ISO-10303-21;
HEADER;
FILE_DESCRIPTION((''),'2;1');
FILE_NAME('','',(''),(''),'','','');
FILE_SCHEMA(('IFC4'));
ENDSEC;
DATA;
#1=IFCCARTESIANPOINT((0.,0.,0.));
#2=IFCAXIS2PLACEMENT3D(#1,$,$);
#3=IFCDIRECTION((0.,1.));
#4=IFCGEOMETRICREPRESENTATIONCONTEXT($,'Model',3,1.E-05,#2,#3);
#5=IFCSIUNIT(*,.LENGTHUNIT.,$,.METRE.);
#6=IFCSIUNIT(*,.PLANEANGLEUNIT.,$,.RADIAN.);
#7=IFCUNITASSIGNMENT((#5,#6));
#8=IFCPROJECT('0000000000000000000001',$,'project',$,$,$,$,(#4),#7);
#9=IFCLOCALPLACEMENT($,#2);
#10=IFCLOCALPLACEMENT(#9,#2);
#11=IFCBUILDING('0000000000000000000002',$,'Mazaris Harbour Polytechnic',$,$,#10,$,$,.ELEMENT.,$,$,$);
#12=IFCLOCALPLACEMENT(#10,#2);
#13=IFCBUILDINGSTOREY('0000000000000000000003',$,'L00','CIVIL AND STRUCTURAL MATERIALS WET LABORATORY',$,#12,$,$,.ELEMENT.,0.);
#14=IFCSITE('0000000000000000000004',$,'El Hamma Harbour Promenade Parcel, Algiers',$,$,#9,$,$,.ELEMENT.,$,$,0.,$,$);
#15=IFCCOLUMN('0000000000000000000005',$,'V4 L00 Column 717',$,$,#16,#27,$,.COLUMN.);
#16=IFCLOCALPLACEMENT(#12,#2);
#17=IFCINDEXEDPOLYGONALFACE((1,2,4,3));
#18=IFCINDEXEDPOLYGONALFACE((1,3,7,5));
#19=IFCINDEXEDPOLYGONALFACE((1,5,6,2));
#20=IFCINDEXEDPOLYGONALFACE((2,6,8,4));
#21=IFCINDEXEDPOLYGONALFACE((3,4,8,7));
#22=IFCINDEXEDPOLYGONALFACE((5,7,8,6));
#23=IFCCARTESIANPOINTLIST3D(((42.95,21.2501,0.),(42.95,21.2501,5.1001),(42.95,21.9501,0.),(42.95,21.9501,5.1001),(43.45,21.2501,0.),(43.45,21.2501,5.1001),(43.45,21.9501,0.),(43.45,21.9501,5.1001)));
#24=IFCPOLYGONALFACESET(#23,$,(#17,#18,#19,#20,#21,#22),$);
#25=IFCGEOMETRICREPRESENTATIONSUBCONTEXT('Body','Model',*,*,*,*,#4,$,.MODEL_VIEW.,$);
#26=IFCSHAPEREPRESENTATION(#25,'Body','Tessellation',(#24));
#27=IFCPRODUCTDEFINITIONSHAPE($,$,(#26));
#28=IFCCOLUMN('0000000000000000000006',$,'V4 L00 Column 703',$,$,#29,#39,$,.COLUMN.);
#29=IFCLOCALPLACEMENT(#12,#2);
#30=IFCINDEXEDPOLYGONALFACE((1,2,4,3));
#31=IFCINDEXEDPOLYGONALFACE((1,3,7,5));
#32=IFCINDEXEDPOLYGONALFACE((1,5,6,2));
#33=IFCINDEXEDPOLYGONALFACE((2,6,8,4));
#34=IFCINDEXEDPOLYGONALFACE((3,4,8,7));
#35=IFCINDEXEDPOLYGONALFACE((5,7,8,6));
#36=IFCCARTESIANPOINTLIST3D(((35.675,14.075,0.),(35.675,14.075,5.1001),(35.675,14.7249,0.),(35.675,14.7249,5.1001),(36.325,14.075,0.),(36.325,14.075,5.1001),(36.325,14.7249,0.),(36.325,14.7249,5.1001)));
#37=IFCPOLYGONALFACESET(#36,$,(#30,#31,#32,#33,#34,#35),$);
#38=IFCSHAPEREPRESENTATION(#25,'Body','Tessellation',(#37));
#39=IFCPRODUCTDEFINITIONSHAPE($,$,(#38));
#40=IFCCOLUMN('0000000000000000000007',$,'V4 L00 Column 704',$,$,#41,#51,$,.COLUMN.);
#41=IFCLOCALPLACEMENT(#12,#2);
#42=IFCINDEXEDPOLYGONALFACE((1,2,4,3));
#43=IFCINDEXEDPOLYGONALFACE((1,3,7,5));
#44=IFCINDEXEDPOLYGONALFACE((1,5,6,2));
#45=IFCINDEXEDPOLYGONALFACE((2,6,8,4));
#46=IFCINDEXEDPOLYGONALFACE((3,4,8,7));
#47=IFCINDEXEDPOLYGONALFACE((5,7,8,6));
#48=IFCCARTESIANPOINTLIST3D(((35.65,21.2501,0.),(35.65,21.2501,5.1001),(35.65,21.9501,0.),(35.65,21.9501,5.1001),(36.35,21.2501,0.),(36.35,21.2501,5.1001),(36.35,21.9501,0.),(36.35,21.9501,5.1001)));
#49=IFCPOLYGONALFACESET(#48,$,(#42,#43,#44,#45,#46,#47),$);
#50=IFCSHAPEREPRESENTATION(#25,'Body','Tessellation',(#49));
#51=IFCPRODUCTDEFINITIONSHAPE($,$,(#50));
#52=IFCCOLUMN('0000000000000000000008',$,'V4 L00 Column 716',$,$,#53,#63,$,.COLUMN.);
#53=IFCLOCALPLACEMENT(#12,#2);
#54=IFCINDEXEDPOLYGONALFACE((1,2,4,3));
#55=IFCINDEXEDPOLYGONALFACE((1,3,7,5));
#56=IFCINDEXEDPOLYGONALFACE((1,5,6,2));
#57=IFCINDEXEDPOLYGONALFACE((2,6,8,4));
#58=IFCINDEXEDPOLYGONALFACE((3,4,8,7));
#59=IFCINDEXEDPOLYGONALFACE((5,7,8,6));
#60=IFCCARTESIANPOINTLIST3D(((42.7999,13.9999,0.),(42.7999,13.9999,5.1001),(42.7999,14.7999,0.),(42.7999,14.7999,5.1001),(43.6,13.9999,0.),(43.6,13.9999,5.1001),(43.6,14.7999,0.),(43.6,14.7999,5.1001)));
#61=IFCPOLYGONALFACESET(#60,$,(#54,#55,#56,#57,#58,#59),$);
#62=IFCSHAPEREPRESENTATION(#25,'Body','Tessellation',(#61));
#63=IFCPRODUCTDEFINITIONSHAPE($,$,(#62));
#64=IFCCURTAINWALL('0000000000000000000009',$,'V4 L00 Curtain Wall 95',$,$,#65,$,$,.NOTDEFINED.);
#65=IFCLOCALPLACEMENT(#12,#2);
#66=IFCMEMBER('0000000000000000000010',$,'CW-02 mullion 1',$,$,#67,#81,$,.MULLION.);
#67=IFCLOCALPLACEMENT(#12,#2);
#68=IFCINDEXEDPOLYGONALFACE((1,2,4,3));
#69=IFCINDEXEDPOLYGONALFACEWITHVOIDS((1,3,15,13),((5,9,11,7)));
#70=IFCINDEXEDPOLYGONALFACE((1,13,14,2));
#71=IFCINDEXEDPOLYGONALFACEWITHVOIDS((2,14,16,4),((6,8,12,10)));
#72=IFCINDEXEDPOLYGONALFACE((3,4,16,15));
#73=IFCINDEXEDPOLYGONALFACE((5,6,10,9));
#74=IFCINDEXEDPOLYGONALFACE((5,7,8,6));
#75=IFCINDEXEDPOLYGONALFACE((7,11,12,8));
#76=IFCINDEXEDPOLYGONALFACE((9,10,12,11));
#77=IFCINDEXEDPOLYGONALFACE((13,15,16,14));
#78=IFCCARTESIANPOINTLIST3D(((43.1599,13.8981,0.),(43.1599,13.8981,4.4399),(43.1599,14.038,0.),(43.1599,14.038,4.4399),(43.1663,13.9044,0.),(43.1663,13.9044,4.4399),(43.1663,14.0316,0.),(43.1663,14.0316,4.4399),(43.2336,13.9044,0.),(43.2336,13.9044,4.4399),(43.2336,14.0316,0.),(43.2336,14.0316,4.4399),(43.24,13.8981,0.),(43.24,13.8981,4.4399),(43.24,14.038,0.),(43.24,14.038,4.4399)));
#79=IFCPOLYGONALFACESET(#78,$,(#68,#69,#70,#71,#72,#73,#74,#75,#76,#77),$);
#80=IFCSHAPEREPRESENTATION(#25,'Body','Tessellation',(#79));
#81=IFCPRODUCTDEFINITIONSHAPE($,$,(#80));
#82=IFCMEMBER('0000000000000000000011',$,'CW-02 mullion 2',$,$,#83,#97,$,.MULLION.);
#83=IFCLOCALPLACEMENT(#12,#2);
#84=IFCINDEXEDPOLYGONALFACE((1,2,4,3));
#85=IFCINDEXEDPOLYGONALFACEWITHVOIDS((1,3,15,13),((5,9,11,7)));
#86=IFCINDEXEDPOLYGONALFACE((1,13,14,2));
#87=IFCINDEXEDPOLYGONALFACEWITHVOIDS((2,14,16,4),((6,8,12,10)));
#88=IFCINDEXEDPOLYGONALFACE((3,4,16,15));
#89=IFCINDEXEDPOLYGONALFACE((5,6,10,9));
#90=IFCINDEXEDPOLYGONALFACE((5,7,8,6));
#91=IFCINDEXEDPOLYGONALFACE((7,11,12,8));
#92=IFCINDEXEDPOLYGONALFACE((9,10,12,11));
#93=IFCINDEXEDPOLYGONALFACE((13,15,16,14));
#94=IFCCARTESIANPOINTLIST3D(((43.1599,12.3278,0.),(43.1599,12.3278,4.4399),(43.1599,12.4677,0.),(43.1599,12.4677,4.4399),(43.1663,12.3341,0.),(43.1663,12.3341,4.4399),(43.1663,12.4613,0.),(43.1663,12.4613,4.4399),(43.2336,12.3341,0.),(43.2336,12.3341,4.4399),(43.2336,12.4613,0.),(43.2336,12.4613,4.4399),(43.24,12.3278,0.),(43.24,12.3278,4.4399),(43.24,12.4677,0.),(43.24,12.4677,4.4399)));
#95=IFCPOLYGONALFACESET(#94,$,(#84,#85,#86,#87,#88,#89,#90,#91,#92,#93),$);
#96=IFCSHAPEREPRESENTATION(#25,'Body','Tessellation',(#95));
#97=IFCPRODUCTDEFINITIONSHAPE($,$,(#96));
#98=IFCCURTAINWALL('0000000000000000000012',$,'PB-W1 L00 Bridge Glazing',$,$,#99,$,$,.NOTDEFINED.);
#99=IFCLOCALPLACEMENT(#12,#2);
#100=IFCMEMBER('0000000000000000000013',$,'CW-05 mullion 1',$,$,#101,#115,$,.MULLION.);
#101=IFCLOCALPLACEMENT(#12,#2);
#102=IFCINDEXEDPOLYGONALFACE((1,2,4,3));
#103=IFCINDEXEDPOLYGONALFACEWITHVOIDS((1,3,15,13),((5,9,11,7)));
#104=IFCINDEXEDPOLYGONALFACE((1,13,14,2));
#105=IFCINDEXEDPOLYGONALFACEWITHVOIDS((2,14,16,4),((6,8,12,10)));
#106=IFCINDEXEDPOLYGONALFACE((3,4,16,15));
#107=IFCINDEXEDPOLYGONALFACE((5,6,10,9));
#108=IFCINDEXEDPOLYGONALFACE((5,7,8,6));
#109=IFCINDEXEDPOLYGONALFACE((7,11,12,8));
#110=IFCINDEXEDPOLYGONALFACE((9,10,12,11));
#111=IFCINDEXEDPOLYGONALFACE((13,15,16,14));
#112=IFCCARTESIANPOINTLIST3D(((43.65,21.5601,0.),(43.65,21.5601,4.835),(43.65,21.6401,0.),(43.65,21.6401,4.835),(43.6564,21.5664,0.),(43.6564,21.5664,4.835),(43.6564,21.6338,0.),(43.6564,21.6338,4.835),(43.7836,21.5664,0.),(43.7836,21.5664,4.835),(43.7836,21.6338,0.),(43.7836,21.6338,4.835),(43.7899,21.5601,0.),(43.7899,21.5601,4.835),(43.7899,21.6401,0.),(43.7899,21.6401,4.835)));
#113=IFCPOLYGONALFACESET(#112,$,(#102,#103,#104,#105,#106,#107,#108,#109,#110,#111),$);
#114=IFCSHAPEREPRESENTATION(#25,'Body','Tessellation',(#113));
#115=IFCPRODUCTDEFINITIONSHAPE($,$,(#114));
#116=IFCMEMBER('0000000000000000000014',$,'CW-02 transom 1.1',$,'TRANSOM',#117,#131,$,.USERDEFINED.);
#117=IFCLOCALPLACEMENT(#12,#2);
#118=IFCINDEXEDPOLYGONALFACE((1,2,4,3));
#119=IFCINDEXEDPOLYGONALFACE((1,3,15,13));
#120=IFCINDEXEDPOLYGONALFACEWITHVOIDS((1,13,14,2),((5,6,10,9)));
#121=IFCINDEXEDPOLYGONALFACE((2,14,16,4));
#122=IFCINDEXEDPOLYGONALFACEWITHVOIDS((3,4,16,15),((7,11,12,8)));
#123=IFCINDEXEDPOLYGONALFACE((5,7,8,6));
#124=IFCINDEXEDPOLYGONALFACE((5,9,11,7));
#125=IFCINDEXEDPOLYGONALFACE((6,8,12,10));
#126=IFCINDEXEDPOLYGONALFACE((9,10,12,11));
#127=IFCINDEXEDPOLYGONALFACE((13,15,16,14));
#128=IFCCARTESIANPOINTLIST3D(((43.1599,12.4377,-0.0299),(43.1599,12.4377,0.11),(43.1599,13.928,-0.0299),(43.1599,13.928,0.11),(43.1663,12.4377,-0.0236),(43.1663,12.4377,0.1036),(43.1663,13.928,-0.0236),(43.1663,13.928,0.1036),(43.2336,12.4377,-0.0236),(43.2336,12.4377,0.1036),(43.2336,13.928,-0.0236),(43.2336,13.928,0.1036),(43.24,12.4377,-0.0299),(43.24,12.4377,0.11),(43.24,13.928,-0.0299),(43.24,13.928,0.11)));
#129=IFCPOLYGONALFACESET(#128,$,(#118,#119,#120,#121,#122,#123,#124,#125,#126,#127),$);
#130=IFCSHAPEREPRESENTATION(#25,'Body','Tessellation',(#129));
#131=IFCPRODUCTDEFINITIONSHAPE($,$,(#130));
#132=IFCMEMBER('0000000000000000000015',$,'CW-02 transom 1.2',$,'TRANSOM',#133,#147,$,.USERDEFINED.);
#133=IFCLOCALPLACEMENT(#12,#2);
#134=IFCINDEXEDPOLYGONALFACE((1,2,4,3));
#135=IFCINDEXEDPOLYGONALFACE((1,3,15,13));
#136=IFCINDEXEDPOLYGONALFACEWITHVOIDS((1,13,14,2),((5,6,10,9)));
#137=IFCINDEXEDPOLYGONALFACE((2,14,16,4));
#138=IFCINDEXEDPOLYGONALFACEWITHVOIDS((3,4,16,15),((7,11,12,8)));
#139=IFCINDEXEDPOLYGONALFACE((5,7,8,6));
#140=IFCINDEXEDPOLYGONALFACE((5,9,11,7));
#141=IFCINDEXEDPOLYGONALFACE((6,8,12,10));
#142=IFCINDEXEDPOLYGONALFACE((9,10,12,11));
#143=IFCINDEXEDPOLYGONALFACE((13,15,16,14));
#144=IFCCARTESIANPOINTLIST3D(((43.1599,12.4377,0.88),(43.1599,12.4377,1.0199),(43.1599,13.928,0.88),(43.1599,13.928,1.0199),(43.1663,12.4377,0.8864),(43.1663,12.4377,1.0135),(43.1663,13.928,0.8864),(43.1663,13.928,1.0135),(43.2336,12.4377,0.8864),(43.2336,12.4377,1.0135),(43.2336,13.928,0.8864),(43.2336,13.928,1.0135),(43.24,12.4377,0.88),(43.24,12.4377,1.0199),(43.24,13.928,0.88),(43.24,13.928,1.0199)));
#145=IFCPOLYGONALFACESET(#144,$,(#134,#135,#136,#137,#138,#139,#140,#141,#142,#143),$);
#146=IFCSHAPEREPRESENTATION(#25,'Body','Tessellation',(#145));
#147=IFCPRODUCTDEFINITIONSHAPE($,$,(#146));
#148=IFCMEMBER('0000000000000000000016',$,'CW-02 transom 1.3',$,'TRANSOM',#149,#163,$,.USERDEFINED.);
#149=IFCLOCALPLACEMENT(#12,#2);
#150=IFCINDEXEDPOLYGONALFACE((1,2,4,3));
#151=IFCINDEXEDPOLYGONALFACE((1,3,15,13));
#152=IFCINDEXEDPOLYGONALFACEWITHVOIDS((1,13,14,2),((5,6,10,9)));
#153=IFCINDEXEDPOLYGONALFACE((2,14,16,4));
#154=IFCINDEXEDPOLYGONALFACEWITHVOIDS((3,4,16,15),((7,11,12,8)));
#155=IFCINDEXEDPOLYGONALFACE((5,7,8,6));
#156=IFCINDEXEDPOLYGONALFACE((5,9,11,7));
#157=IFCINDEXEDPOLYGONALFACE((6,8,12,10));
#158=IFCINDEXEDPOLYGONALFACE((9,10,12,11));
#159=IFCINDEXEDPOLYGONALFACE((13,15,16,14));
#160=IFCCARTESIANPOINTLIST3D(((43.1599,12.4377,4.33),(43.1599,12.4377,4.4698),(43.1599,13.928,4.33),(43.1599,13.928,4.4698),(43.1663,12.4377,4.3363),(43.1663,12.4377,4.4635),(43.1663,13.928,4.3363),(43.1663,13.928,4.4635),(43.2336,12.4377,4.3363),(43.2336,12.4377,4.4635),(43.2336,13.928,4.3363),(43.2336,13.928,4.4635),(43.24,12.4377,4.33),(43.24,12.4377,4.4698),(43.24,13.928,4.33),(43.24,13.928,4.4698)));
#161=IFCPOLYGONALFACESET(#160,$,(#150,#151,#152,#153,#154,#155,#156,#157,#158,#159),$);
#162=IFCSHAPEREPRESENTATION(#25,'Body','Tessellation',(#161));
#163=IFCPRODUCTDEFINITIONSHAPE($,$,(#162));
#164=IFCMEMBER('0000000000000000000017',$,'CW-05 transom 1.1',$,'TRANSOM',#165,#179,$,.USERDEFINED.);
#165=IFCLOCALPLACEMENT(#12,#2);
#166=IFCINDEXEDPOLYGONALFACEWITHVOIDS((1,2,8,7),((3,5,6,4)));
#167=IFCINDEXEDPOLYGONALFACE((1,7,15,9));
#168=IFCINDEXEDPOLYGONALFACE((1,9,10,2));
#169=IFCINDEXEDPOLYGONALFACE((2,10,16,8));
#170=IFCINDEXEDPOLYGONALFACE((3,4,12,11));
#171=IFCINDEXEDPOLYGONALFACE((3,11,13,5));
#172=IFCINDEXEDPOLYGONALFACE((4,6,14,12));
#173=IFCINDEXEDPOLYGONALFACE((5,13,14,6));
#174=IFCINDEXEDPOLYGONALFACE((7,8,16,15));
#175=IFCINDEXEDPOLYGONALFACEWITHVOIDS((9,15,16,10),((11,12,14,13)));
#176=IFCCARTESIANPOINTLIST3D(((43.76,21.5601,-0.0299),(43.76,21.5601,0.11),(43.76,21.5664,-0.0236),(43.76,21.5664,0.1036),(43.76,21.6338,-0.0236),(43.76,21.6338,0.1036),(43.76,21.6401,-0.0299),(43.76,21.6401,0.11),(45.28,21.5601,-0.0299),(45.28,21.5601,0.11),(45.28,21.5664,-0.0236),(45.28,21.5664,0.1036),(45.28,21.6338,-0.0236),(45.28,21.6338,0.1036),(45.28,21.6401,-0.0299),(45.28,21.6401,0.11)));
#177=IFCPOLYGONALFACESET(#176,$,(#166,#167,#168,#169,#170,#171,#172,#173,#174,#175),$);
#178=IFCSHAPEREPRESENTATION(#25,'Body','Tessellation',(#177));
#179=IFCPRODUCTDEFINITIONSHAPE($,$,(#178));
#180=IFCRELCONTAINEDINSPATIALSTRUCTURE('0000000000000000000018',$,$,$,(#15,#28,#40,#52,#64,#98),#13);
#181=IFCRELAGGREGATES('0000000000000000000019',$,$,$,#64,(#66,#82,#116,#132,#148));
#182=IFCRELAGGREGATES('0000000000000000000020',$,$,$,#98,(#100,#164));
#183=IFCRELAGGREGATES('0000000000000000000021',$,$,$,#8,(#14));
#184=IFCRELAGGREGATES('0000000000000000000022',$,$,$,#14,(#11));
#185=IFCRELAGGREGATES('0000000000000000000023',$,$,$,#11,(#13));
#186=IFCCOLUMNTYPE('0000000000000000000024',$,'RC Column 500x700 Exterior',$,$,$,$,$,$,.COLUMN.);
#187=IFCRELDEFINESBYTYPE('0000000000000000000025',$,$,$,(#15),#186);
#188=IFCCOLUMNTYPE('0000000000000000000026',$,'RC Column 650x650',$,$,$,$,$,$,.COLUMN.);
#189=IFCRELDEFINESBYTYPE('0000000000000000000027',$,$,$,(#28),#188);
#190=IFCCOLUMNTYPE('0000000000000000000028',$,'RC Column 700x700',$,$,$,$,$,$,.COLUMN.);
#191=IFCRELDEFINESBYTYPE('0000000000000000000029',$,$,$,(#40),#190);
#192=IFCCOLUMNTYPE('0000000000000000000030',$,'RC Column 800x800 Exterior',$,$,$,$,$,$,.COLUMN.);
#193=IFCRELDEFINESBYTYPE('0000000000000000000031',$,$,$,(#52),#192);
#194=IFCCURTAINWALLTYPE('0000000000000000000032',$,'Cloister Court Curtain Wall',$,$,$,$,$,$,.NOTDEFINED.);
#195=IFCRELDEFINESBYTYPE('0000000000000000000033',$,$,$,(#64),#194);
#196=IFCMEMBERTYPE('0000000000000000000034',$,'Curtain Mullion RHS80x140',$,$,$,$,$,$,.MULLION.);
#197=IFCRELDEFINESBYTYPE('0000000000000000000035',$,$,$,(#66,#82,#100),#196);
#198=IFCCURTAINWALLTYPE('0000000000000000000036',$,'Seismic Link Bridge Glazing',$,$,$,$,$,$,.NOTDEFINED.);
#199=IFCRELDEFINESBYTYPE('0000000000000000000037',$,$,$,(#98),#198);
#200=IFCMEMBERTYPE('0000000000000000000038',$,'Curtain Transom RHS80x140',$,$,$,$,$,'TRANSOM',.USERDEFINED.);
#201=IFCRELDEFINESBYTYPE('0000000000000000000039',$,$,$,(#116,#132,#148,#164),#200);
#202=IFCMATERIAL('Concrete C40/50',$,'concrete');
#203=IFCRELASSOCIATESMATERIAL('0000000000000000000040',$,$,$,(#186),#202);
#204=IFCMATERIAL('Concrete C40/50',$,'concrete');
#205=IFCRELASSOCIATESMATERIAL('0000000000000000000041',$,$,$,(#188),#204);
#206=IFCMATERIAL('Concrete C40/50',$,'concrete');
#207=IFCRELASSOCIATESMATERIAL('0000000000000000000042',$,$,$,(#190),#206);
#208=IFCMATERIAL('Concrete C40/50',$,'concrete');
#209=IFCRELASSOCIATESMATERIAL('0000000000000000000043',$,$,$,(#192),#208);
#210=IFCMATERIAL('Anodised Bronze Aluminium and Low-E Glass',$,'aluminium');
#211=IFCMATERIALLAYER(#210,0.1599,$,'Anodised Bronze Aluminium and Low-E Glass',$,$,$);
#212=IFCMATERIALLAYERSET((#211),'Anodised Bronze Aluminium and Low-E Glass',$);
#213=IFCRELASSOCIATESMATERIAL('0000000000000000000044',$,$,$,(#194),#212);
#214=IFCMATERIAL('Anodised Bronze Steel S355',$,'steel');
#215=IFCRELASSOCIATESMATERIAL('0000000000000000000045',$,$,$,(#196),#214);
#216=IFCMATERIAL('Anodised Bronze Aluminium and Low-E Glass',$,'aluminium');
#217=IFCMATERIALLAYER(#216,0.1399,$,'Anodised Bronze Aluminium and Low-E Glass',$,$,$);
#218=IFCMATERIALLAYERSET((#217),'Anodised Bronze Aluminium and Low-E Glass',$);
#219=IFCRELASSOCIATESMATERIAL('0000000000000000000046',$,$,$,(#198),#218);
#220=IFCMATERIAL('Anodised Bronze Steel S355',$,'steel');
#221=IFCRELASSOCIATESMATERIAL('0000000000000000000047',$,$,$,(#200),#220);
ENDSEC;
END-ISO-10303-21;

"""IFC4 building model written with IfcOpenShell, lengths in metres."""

from ifc_helpers import new_model, si_unit, direction, frame, origin, origin_2d, place, context, subcontext, project, spatial, rectangle, hollow_rectangle, extrude, material, layer, layer_set, material_profile, profile_set, type_object, element, aggregate, save


model = new_model("IFC4")

# Units and contexts
model_context = context("Model", 3, precision=1e-05, world=origin(), true_north=direction((0.0, 1.0)))
body_context = subcontext(model_context, "Body", "Model", "MODEL_VIEW")
ifc_project = project(units=[si_unit("LENGTHUNIT", "METRE"), si_unit("PLANEANGLEUNIT", "RADIAN")], contexts=[model_context])

# Site, building, storey
site_placement = place(None, origin())
site = spatial("IfcSite", under=ifc_project, at=site_placement, Name="El Hamma Harbour Promenade Parcel, Algiers", CompositionType="ELEMENT", RefElevation=0.0)
building_placement = place(site_placement, origin())
building = spatial("IfcBuilding", under=site, at=building_placement, Name="Mazaris Harbour Polytechnic", CompositionType="ELEMENT")
storey_placement = place(building_placement, origin())
storey = spatial("IfcBuildingStorey", under=building, at=storey_placement, Name="L00", Description="CIVIL AND STRUCTURAL MATERIALS WET LABORATORY", CompositionType="ELEMENT", Elevation=0.0)

# Columns
ifc_material_1 = material(Name="Concrete C40/50", Category="concrete")
ifc_material_profile_1 = material_profile(ifc_material_1, rectangle(XDim=0.5, YDim=0.7, at=origin_2d()), Name="RECT500x700")
ifc_profile_set_1 = profile_set([ifc_material_profile_1], Name="Concrete C40/50")
column_type_1 = type_object("IfcColumnType", Name="RC Column 500x700 Exterior", PredefinedType="COLUMN", material=ifc_profile_set_1)
column_1_placement = place(storey_placement, frame((43.2, 21.6001, 0.0), z_axis=(0.0, 0.0, 1.0), x_axis=(1.0, 0.0, 0.0)))
element("IfcColumn", 1, at=column_1_placement, inside=storey, type_object=column_type_1, Name="V4 L00 Column 717", PredefinedType="COLUMN", context=body_context, shape_type="SweptSolid", body=[
    extrude(rectangle(XDim=0.5, YDim=0.7, at=origin_2d()), origin(), (0.0, 0.0, 1.0), 5.1001),
])
ifc_material_2 = material(Name="Concrete C40/50", Category="concrete")
ifc_material_profile_2 = material_profile(ifc_material_2, rectangle(XDim=0.6499, YDim=0.6499, at=origin_2d()), Name="RECT650x650")
ifc_profile_set_2 = profile_set([ifc_material_profile_2], Name="Concrete C40/50")
column_type_2 = type_object("IfcColumnType", Name="RC Column 650x650", PredefinedType="COLUMN", material=ifc_profile_set_2)
column_2_placement = place(storey_placement, frame((36.0, 14.3999, 0.0), z_axis=(0.0, 0.0, 1.0), x_axis=(1.0, 0.0, 0.0)))
element("IfcColumn", 2, at=column_2_placement, inside=storey, type_object=column_type_2, Name="V4 L00 Column 703", PredefinedType="COLUMN", context=body_context, shape_type="SweptSolid", body=[
    extrude(rectangle(XDim=0.6499, YDim=0.6499, at=origin_2d()), origin(), (0.0, 0.0, 1.0), 5.1001),
])
ifc_material_3 = material(Name="Concrete C40/50", Category="concrete")
ifc_material_profile_3 = material_profile(ifc_material_3, rectangle(XDim=0.7, YDim=0.7, at=origin_2d()), Name="RECT700x700")
ifc_profile_set_3 = profile_set([ifc_material_profile_3], Name="Concrete C40/50")
column_type_3 = type_object("IfcColumnType", Name="RC Column 700x700", PredefinedType="COLUMN", material=ifc_profile_set_3)
column_3_placement = place(storey_placement, frame((36.0, 21.6001, 0.0), z_axis=(0.0, 0.0, 1.0), x_axis=(1.0, 0.0, 0.0)))
element("IfcColumn", 3, at=column_3_placement, inside=storey, type_object=column_type_3, Name="V4 L00 Column 704", PredefinedType="COLUMN", context=body_context, shape_type="SweptSolid", body=[
    extrude(rectangle(XDim=0.7, YDim=0.7, at=origin_2d()), origin(), (0.0, 0.0, 1.0), 5.1001),
])
ifc_material_4 = material(Name="Concrete C40/50", Category="concrete")
ifc_material_profile_4 = material_profile(ifc_material_4, rectangle(XDim=0.8, YDim=0.8, at=origin_2d()), Name="RECT800x800")
ifc_profile_set_4 = profile_set([ifc_material_profile_4], Name="Concrete C40/50")
column_type_4 = type_object("IfcColumnType", Name="RC Column 800x800 Exterior", PredefinedType="COLUMN", material=ifc_profile_set_4)
column_4_placement = place(storey_placement, frame((43.2, 14.3999, 0.0), z_axis=(0.0, 0.0, 1.0), x_axis=(1.0, 0.0, 0.0)))
element("IfcColumn", 4, at=column_4_placement, inside=storey, type_object=column_type_4, Name="V4 L00 Column 716", PredefinedType="COLUMN", context=body_context, shape_type="SweptSolid", body=[
    extrude(rectangle(XDim=0.8, YDim=0.8, at=origin_2d()), origin(), (0.0, 0.0, 1.0), 5.1001),
])

# Curtain wall, members
ifc_material_5 = material(Name="Anodised Bronze Aluminium and Low-E Glass", Category="aluminium")
ifc_layer_1 = layer(ifc_material_5, 0.1599, Name="Anodised Bronze Aluminium and Low-E Glass")
ifc_layer_set_1 = layer_set([ifc_layer_1], Name="Anodised Bronze Aluminium and Low-E Glass")
curtain_wall_type_1 = type_object("IfcCurtainWallType", Name="Cloister Court Curtain Wall", PredefinedType="NOTDEFINED", material=ifc_layer_set_1)
curtain_wall_1_placement = place(storey_placement, origin())
curtain_wall_1 = element("IfcCurtainWall", 5, at=curtain_wall_1_placement, inside=storey, type_object=curtain_wall_type_1, Name="V4 L00 Curtain Wall 95", PredefinedType="NOTDEFINED")
ifc_material_6 = material(Name="Anodised Bronze Steel S355", Category="steel")
ifc_material_profile_5 = material_profile(ifc_material_6, hollow_rectangle(XDim=0.0801, YDim=0.1399, WallThickness=0.0063, at=origin_2d()), Name="RHS 80x140x6.3")
ifc_profile_set_5 = profile_set([ifc_material_profile_5], Name="Anodised Bronze Steel S355")
member_type_1 = type_object("IfcMemberType", Name="Curtain Mullion RHS80x140", PredefinedType="MULLION", material=ifc_profile_set_5)
member_1_placement = place(storey_placement, frame((43.2, 13.968, 0.0), z_axis=(0.0, 0.0, 1.0), x_axis=(1.0, 0.0, 0.0)))
member_1 = element("IfcMember", 6, at=member_1_placement, type_object=member_type_1, Name="CW-02 mullion 1", PredefinedType="MULLION", context=body_context, shape_type="SweptSolid", body=[
    extrude(hollow_rectangle(XDim=0.0801, YDim=0.1399, WallThickness=0.0063, at=origin_2d()), origin(), (0.0, 0.0, 1.0), 4.4399),
])
member_2_placement = place(storey_placement, frame((43.2, 12.3977, 0.0), z_axis=(0.0, 0.0, 1.0), x_axis=(1.0, 0.0, 0.0)))
member_2 = element("IfcMember", 7, at=member_2_placement, type_object=member_type_1, Name="CW-02 mullion 2", PredefinedType="MULLION", context=body_context, shape_type="SweptSolid", body=[
    extrude(hollow_rectangle(XDim=0.0801, YDim=0.1399, WallThickness=0.0063, at=origin_2d()), origin(), (0.0, 0.0, 1.0), 4.4399),
])

# Curtain wall, member
ifc_material_7 = material(Name="Anodised Bronze Aluminium and Low-E Glass", Category="aluminium")
ifc_layer_2 = layer(ifc_material_7, 0.1399, Name="Anodised Bronze Aluminium and Low-E Glass")
ifc_layer_set_2 = layer_set([ifc_layer_2], Name="Anodised Bronze Aluminium and Low-E Glass")
curtain_wall_type_2 = type_object("IfcCurtainWallType", Name="Seismic Link Bridge Glazing", PredefinedType="NOTDEFINED", material=ifc_layer_set_2)
curtain_wall_2_placement = place(storey_placement, origin())
curtain_wall_2 = element("IfcCurtainWall", 8, at=curtain_wall_2_placement, inside=storey, type_object=curtain_wall_type_2, Name="PB-W1 L00 Bridge Glazing", PredefinedType="NOTDEFINED")
member_3_placement = place(storey_placement, frame((43.72, 21.6001, 0.0), z_axis=(0.0, 0.0, 1.0), x_axis=(0.0, 1.0, 0.0)))
member_3 = element("IfcMember", 9, at=member_3_placement, type_object=member_type_1, Name="CW-05 mullion 1", PredefinedType="MULLION", context=body_context, shape_type="SweptSolid", body=[
    extrude(hollow_rectangle(XDim=0.0801, YDim=0.1399, WallThickness=0.0063, at=origin_2d()), origin(), (0.0, 0.0, 1.0), 4.835),
])

# Members
ifc_material_8 = material(Name="Anodised Bronze Steel S355", Category="steel")
ifc_material_profile_6 = material_profile(ifc_material_8, hollow_rectangle(XDim=0.0801, YDim=0.1399, WallThickness=0.0063, at=origin_2d()), Name="RHS 80x140x6.3")
ifc_profile_set_6 = profile_set([ifc_material_profile_6], Name="Anodised Bronze Steel S355")
member_type_2 = type_object("IfcMemberType", Name="Curtain Transom RHS80x140", ElementType="TRANSOM", PredefinedType="USERDEFINED", material=ifc_profile_set_6)
member_4_placement = place(storey_placement, frame((43.2, 13.928, 0.04), z_axis=(0.0, -1.0, 0.0), x_axis=(1.0, 0.0, 0.0)))
member_4 = element("IfcMember", 10, at=member_4_placement, type_object=member_type_2, Name="CW-02 transom 1.1", ObjectType="TRANSOM", PredefinedType="USERDEFINED", context=body_context, shape_type="SweptSolid", body=[
    extrude(hollow_rectangle(XDim=0.0801, YDim=0.1399, WallThickness=0.0063, at=origin_2d()), origin(), (0.0, 0.0, 1.0), 1.4902),
])
member_5_placement = place(storey_placement, frame((43.2, 13.928, 0.95), z_axis=(0.0, -1.0, 0.0), x_axis=(1.0, 0.0, 0.0)))
member_5 = element("IfcMember", 11, at=member_5_placement, type_object=member_type_2, Name="CW-02 transom 1.2", ObjectType="TRANSOM", PredefinedType="USERDEFINED", context=body_context, shape_type="SweptSolid", body=[
    extrude(hollow_rectangle(XDim=0.0801, YDim=0.1399, WallThickness=0.0063, at=origin_2d()), origin(), (0.0, 0.0, 1.0), 1.4902),
])
member_6_placement = place(storey_placement, frame((43.2, 13.928, 4.3999), z_axis=(0.0, -1.0, 0.0), x_axis=(1.0, 0.0, 0.0)))
member_6 = element("IfcMember", 12, at=member_6_placement, type_object=member_type_2, Name="CW-02 transom 1.3", ObjectType="TRANSOM", PredefinedType="USERDEFINED", context=body_context, shape_type="SweptSolid", body=[
    extrude(hollow_rectangle(XDim=0.0801, YDim=0.1399, WallThickness=0.0063, at=origin_2d()), origin(), (0.0, 0.0, 1.0), 1.4902),
])
member_7_placement = place(storey_placement, frame((43.76, 21.6001, 0.04), z_axis=(1.0, 0.0, 0.0), x_axis=(0.0, 1.0, 0.0)))
member_7 = element("IfcMember", 13, at=member_7_placement, type_object=member_type_2, Name="CW-05 transom 1.1", ObjectType="TRANSOM", PredefinedType="USERDEFINED", context=body_context, shape_type="SweptSolid", body=[
    extrude(hollow_rectangle(XDim=0.0801, YDim=0.1399, WallThickness=0.0063, at=origin_2d()), origin(), (0.0, 0.0, 1.0), 1.52),
])

aggregate(curtain_wall_1, [member_1, member_2, member_4, member_5, member_6])
aggregate(curtain_wall_2, [member_3, member_7])

save(model, "model.ifc")
